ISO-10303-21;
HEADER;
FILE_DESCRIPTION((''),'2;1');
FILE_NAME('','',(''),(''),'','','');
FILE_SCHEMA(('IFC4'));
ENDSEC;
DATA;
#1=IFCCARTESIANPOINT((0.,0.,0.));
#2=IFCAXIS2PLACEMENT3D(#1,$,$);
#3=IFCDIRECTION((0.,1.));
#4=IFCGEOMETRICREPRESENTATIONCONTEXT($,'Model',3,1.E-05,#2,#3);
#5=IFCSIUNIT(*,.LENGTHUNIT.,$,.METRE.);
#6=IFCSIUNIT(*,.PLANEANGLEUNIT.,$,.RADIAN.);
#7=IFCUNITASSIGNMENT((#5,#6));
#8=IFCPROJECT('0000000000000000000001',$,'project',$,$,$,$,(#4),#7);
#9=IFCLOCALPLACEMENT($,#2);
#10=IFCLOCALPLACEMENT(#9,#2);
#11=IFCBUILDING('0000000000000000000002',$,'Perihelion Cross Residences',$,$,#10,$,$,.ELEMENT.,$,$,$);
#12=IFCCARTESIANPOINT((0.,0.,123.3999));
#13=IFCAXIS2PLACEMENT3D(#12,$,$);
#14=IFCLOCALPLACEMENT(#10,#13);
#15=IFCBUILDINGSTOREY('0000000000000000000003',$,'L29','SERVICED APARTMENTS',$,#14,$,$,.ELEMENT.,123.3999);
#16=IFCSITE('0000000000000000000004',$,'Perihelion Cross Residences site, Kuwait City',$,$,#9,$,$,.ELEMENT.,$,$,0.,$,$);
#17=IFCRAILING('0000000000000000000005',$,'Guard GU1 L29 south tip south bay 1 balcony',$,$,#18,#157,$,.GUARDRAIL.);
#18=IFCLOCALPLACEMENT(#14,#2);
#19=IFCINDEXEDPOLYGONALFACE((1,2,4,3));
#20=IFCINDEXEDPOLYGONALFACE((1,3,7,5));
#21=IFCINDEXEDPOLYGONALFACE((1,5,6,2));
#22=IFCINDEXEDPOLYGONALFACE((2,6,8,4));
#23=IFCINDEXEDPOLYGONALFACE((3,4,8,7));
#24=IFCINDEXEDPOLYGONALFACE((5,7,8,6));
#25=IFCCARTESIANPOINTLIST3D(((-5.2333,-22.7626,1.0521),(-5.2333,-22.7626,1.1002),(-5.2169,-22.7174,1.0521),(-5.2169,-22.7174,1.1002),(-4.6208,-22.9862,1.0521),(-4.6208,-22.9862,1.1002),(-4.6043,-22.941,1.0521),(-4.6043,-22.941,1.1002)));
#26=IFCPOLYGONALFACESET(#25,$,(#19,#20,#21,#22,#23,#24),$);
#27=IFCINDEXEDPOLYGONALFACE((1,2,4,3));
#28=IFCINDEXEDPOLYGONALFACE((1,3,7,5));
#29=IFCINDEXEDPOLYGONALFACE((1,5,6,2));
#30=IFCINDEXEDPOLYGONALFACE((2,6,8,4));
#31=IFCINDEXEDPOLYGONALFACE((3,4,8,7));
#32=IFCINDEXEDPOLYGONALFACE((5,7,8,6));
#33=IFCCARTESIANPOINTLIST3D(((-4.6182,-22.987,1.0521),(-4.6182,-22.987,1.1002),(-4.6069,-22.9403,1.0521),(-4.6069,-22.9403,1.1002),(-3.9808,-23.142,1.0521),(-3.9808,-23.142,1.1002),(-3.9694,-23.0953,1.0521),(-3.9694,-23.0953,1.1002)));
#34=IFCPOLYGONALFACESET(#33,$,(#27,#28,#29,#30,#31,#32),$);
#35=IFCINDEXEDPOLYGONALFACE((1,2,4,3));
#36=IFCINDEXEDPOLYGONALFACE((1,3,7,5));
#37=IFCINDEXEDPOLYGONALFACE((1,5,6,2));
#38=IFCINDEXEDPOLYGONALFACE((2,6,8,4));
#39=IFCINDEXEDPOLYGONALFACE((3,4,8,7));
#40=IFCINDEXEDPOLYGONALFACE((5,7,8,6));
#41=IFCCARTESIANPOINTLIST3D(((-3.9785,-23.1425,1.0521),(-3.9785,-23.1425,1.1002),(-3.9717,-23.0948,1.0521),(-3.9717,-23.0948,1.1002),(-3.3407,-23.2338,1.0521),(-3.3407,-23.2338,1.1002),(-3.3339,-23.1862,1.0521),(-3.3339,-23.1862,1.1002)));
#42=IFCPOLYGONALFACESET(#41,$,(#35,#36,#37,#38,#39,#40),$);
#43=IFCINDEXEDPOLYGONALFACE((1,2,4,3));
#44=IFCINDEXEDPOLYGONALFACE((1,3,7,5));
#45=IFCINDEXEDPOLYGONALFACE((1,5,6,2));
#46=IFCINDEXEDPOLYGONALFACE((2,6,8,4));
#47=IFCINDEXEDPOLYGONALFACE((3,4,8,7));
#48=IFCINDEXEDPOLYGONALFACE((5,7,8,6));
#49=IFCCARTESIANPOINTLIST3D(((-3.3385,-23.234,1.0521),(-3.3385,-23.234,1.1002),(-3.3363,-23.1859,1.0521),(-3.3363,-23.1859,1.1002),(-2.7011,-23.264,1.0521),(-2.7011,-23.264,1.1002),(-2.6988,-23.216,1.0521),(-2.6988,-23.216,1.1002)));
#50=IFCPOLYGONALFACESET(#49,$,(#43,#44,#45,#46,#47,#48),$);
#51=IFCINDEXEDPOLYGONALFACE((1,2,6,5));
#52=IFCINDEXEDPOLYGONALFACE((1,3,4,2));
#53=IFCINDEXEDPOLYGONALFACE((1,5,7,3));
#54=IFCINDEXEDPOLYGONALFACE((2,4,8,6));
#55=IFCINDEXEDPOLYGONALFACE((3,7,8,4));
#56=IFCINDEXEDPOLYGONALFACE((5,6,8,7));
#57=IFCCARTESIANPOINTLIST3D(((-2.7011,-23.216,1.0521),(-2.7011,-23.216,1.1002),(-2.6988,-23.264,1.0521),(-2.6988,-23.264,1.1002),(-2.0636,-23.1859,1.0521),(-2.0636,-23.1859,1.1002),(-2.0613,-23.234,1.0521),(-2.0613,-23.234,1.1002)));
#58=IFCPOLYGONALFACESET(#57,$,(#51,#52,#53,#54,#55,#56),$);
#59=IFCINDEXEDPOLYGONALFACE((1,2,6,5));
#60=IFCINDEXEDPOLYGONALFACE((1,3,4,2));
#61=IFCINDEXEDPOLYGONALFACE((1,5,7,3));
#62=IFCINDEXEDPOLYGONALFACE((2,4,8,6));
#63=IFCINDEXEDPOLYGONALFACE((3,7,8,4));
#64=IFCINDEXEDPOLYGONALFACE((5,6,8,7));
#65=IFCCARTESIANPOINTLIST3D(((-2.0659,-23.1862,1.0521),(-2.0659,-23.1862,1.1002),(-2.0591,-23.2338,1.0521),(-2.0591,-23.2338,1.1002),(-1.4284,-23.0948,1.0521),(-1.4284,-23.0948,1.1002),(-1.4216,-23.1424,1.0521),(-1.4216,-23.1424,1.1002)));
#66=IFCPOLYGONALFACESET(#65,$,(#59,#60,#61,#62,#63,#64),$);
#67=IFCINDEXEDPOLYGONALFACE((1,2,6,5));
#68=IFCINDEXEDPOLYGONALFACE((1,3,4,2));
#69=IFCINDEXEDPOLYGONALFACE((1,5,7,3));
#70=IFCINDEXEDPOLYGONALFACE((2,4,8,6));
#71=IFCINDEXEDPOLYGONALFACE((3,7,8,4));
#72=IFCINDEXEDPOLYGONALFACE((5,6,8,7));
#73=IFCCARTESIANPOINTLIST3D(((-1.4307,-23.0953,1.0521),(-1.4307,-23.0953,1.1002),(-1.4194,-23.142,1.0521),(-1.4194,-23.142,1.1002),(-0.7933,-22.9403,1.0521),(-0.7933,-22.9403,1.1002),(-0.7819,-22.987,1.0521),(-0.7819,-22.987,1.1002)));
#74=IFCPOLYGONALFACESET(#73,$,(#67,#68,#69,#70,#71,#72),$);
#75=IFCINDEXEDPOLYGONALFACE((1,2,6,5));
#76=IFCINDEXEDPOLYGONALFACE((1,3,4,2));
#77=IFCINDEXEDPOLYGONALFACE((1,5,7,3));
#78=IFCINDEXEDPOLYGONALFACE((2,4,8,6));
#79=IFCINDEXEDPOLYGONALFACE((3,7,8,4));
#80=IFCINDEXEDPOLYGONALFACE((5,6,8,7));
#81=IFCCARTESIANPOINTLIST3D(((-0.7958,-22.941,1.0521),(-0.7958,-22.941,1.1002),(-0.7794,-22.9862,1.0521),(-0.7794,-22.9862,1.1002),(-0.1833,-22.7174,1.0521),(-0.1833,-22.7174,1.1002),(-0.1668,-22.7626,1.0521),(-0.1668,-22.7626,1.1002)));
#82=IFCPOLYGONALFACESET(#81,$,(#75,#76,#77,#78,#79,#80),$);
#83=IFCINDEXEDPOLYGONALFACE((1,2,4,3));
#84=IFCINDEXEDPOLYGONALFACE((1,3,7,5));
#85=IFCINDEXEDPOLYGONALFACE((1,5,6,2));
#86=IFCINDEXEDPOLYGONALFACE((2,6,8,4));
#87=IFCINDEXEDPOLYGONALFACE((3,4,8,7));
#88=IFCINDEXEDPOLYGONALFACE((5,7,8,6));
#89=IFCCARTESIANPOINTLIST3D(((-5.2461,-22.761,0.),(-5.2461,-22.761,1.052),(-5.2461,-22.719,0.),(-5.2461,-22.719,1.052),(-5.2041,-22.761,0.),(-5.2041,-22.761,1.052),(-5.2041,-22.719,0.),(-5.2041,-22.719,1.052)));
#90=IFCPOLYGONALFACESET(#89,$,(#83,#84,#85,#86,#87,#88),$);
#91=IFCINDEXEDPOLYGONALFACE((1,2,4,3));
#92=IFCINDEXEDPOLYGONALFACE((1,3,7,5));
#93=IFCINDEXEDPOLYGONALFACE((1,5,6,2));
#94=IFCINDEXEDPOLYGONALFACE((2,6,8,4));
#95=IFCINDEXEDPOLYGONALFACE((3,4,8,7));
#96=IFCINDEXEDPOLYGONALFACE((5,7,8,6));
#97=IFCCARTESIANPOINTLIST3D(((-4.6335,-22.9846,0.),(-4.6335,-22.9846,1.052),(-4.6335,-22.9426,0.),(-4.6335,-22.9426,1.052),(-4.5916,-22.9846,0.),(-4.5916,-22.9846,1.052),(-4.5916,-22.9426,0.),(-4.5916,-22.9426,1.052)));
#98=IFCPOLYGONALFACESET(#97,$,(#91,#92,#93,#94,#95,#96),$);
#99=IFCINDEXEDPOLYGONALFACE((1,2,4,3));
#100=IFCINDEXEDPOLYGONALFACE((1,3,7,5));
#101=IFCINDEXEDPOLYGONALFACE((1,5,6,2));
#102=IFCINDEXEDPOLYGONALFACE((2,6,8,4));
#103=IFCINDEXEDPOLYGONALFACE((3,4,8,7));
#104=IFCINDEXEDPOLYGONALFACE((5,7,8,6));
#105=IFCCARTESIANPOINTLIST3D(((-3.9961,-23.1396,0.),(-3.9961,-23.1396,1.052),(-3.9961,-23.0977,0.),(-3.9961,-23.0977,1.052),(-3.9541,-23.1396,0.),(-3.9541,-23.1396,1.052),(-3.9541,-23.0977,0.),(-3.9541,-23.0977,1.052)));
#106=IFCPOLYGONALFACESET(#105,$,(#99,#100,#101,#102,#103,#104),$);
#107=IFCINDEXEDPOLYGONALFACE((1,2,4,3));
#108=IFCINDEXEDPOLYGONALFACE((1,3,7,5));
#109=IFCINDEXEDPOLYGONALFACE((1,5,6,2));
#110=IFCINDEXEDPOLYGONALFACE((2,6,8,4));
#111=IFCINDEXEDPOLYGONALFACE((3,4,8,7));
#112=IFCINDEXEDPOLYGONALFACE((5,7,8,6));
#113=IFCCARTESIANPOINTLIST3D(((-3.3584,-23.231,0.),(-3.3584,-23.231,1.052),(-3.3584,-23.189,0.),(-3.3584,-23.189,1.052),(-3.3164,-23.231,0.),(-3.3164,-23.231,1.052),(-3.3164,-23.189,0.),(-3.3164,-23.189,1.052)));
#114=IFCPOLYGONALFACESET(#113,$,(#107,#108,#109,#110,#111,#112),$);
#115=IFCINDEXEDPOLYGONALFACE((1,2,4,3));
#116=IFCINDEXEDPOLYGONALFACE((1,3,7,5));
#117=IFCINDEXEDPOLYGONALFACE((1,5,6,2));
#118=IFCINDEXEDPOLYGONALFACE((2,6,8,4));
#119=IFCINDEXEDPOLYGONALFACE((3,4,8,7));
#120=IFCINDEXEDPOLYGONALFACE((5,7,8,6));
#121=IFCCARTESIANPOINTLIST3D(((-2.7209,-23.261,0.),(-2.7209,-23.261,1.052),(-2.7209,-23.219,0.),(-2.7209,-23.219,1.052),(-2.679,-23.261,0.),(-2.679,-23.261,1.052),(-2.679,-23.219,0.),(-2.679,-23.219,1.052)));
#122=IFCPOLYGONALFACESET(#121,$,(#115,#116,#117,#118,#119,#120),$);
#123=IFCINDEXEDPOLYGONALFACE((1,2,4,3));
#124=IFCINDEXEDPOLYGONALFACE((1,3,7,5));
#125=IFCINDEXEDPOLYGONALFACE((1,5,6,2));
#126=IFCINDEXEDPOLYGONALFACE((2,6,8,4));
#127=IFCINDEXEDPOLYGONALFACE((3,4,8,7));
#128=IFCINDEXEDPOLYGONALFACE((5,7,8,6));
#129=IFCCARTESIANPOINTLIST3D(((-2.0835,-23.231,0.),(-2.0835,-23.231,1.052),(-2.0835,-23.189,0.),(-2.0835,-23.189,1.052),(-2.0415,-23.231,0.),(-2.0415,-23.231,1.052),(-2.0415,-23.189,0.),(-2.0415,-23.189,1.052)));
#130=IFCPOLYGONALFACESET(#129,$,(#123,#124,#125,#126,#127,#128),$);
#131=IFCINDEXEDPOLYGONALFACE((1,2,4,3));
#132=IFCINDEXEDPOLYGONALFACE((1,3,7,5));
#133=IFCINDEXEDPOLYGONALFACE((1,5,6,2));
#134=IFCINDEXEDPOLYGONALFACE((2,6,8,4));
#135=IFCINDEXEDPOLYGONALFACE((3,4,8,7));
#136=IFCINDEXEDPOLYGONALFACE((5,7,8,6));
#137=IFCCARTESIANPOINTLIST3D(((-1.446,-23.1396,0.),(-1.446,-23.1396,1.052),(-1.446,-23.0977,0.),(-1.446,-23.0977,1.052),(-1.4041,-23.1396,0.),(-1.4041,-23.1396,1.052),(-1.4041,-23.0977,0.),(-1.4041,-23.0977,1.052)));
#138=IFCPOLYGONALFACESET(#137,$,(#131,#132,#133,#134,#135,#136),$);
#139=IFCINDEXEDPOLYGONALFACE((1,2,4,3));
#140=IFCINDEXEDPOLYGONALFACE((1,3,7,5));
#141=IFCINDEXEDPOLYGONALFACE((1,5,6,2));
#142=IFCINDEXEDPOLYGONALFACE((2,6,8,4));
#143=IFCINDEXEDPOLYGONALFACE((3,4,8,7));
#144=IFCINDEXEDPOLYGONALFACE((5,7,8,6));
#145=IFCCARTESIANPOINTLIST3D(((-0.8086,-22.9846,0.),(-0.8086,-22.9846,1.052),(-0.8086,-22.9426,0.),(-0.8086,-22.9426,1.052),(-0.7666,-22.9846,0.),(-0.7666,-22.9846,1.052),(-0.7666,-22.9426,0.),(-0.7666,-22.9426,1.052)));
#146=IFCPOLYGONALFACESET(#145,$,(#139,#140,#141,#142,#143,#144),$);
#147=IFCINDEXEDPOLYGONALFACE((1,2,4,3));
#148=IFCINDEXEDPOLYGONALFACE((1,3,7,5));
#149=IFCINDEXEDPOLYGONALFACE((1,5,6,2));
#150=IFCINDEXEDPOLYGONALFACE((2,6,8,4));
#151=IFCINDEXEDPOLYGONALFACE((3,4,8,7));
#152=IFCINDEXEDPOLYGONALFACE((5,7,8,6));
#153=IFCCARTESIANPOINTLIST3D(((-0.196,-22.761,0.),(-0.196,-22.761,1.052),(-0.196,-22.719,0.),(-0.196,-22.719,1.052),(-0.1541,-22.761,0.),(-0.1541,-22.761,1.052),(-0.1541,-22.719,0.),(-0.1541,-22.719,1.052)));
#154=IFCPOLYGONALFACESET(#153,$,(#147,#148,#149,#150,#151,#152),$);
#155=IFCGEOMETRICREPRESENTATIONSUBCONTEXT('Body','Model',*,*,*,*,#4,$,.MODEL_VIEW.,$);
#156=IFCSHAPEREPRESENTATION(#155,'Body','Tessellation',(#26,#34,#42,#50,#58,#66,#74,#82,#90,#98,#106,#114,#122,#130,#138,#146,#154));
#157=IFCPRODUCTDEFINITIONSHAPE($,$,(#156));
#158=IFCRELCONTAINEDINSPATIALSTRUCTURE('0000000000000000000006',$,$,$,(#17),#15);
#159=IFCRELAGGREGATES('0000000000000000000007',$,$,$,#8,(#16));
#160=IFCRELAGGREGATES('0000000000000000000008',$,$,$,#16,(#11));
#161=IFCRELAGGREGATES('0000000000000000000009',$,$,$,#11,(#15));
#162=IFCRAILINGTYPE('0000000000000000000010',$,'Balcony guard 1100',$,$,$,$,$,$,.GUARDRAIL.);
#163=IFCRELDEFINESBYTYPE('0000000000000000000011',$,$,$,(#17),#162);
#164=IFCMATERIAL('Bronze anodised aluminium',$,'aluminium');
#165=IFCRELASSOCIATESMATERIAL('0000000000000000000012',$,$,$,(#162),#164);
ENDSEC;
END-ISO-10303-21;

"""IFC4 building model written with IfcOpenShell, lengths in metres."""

from ifc_helpers import new_model, si_unit, direction, frame, origin, origin_2d, place, context, subcontext, project, spatial, rectangle, extrude, material, type_object, element, save


model = new_model("IFC4")

# Units and contexts
model_context = context("Model", 3, precision=1e-05, world=origin(), true_north=direction((0.0, 1.0)))
body_context = subcontext(model_context, "Body", "Model", "MODEL_VIEW")
ifc_project = project(units=[si_unit("LENGTHUNIT", "METRE"), si_unit("PLANEANGLEUNIT", "RADIAN")], contexts=[model_context])

# Site, building, storey
site_placement = place(None, origin())
site = spatial("IfcSite", under=ifc_project, at=site_placement, Name="Perihelion Cross Residences site, Kuwait City", CompositionType="ELEMENT", RefElevation=0.0)
building_placement = place(site_placement, origin())
building = spatial("IfcBuilding", under=site, at=building_placement, Name="Perihelion Cross Residences", CompositionType="ELEMENT")
storey_placement = place(building_placement, frame((0.0, 0.0, 123.3999)))
storey = spatial("IfcBuildingStorey", under=building, at=storey_placement, Name="L29", Description="SERVICED APARTMENTS", CompositionType="ELEMENT", Elevation=123.3999)

# Railing
ifc_material_1 = material(Name="Bronze anodised aluminium", Category="aluminium")
railing_type = type_object("IfcRailingType", Name="Balcony guard 1100", PredefinedType="GUARDRAIL", material=ifc_material_1)
railing_1_placement = place(storey_placement, frame((-5.2251, -22.74, 0.0)))
element("IfcRailing", 1, at=railing_1_placement, inside=storey, type_object=railing_type, Name="Guard GU1 L29 south tip south bay 1 balcony", PredefinedType="GUARDRAIL", context=body_context, shape_type="SweptSolid", body=[
    extrude(rectangle(XDim=0.0481, YDim=0.0481, at=origin_2d()), frame((0.0, 0.0, 1.0762), z_axis=(0.939355, -0.342945, 0.0), x_axis=(0.342945, 0.939355, 0.0)), (0.0, 0.0, 1.0), 0.6521),
    extrude(rectangle(XDim=0.0481, YDim=0.0481, at=origin_2d()), frame((0.6125, -0.2236, 1.0762), z_axis=(0.971677, -0.236314, 0.0), x_axis=(0.236314, 0.971677, 0.0)), (0.0, 0.0, 1.0), 0.656),
    extrude(rectangle(XDim=0.0481, YDim=0.0481, at=origin_2d()), frame((1.25, -0.3787, 1.0762), z_axis=(0.989904, -0.14174, 0.0), x_axis=(0.14174, 0.989904, 0.0)), (0.0, 0.0, 1.0), 0.6443),
    extrude(rectangle(XDim=0.0481, YDim=0.0481, at=origin_2d()), frame((1.8877, -0.47, 1.0762), z_axis=(0.998892, -0.047056, 0.0), x_axis=(0.047056, 0.998892, 0.0)), (0.0, 0.0, 1.0), 0.6382),
    extrude(rectangle(XDim=0.0481, YDim=0.0481, at=origin_2d()), frame((2.5251, -0.5, 1.0762), z_axis=(0.998892, 0.047056, 0.0), x_axis=(-0.047056, 0.998892, 0.0)), (0.0, 0.0, 1.0), 0.6382),
    extrude(rectangle(XDim=0.0481, YDim=0.0481, at=origin_2d()), frame((3.1626, -0.47, 1.0762), z_axis=(0.989896, 0.141793, 0.0), x_axis=(-0.141793, 0.989896, 0.0)), (0.0, 0.0, 1.0), 0.644),
    extrude(rectangle(XDim=0.0481, YDim=0.0481, at=origin_2d()), frame((3.8, -0.3787, 1.0762), z_axis=(0.971677, 0.236314, 0.0), x_axis=(-0.236314, 0.971677, 0.0)), (0.0, 0.0, 1.0), 0.656),
    extrude(rectangle(XDim=0.0481, YDim=0.0481, at=origin_2d()), frame((4.4375, -0.2236, 1.0762), z_axis=(0.939355, 0.342945, 0.0), x_axis=(-0.342945, 0.939355, 0.0)), (0.0, 0.0, 1.0), 0.6521),
    extrude(rectangle(XDim=0.042, YDim=0.042, at=origin_2d()), origin(), (0.0, 0.0, 1.0), 1.052),
    extrude(rectangle(XDim=0.042, YDim=0.042, at=origin_2d()), frame((0.6125, -0.2236, 0.0)), (0.0, 0.0, 1.0), 1.052),
    extrude(rectangle(XDim=0.042, YDim=0.042, at=origin_2d()), frame((1.25, -0.3787, 0.0)), (0.0, 0.0, 1.0), 1.052),
    extrude(rectangle(XDim=0.042, YDim=0.042, at=origin_2d()), frame((1.8877, -0.47, 0.0)), (0.0, 0.0, 1.0), 1.052),
    extrude(rectangle(XDim=0.042, YDim=0.042, at=origin_2d()), frame((2.5251, -0.5, 0.0)), (0.0, 0.0, 1.0), 1.052),
    extrude(rectangle(XDim=0.042, YDim=0.042, at=origin_2d()), frame((3.1626, -0.47, 0.0)), (0.0, 0.0, 1.0), 1.052),
    extrude(rectangle(XDim=0.042, YDim=0.042, at=origin_2d()), frame((3.8, -0.3787, 0.0)), (0.0, 0.0, 1.0), 1.052),
    extrude(rectangle(XDim=0.042, YDim=0.042, at=origin_2d()), frame((4.4375, -0.2236, 0.0)), (0.0, 0.0, 1.0), 1.052),
    extrude(rectangle(XDim=0.042, YDim=0.042, at=origin_2d()), frame((5.05, 0.0, 0.0)), (0.0, 0.0, 1.0), 1.052),
])

save(model, "model.ifc")
